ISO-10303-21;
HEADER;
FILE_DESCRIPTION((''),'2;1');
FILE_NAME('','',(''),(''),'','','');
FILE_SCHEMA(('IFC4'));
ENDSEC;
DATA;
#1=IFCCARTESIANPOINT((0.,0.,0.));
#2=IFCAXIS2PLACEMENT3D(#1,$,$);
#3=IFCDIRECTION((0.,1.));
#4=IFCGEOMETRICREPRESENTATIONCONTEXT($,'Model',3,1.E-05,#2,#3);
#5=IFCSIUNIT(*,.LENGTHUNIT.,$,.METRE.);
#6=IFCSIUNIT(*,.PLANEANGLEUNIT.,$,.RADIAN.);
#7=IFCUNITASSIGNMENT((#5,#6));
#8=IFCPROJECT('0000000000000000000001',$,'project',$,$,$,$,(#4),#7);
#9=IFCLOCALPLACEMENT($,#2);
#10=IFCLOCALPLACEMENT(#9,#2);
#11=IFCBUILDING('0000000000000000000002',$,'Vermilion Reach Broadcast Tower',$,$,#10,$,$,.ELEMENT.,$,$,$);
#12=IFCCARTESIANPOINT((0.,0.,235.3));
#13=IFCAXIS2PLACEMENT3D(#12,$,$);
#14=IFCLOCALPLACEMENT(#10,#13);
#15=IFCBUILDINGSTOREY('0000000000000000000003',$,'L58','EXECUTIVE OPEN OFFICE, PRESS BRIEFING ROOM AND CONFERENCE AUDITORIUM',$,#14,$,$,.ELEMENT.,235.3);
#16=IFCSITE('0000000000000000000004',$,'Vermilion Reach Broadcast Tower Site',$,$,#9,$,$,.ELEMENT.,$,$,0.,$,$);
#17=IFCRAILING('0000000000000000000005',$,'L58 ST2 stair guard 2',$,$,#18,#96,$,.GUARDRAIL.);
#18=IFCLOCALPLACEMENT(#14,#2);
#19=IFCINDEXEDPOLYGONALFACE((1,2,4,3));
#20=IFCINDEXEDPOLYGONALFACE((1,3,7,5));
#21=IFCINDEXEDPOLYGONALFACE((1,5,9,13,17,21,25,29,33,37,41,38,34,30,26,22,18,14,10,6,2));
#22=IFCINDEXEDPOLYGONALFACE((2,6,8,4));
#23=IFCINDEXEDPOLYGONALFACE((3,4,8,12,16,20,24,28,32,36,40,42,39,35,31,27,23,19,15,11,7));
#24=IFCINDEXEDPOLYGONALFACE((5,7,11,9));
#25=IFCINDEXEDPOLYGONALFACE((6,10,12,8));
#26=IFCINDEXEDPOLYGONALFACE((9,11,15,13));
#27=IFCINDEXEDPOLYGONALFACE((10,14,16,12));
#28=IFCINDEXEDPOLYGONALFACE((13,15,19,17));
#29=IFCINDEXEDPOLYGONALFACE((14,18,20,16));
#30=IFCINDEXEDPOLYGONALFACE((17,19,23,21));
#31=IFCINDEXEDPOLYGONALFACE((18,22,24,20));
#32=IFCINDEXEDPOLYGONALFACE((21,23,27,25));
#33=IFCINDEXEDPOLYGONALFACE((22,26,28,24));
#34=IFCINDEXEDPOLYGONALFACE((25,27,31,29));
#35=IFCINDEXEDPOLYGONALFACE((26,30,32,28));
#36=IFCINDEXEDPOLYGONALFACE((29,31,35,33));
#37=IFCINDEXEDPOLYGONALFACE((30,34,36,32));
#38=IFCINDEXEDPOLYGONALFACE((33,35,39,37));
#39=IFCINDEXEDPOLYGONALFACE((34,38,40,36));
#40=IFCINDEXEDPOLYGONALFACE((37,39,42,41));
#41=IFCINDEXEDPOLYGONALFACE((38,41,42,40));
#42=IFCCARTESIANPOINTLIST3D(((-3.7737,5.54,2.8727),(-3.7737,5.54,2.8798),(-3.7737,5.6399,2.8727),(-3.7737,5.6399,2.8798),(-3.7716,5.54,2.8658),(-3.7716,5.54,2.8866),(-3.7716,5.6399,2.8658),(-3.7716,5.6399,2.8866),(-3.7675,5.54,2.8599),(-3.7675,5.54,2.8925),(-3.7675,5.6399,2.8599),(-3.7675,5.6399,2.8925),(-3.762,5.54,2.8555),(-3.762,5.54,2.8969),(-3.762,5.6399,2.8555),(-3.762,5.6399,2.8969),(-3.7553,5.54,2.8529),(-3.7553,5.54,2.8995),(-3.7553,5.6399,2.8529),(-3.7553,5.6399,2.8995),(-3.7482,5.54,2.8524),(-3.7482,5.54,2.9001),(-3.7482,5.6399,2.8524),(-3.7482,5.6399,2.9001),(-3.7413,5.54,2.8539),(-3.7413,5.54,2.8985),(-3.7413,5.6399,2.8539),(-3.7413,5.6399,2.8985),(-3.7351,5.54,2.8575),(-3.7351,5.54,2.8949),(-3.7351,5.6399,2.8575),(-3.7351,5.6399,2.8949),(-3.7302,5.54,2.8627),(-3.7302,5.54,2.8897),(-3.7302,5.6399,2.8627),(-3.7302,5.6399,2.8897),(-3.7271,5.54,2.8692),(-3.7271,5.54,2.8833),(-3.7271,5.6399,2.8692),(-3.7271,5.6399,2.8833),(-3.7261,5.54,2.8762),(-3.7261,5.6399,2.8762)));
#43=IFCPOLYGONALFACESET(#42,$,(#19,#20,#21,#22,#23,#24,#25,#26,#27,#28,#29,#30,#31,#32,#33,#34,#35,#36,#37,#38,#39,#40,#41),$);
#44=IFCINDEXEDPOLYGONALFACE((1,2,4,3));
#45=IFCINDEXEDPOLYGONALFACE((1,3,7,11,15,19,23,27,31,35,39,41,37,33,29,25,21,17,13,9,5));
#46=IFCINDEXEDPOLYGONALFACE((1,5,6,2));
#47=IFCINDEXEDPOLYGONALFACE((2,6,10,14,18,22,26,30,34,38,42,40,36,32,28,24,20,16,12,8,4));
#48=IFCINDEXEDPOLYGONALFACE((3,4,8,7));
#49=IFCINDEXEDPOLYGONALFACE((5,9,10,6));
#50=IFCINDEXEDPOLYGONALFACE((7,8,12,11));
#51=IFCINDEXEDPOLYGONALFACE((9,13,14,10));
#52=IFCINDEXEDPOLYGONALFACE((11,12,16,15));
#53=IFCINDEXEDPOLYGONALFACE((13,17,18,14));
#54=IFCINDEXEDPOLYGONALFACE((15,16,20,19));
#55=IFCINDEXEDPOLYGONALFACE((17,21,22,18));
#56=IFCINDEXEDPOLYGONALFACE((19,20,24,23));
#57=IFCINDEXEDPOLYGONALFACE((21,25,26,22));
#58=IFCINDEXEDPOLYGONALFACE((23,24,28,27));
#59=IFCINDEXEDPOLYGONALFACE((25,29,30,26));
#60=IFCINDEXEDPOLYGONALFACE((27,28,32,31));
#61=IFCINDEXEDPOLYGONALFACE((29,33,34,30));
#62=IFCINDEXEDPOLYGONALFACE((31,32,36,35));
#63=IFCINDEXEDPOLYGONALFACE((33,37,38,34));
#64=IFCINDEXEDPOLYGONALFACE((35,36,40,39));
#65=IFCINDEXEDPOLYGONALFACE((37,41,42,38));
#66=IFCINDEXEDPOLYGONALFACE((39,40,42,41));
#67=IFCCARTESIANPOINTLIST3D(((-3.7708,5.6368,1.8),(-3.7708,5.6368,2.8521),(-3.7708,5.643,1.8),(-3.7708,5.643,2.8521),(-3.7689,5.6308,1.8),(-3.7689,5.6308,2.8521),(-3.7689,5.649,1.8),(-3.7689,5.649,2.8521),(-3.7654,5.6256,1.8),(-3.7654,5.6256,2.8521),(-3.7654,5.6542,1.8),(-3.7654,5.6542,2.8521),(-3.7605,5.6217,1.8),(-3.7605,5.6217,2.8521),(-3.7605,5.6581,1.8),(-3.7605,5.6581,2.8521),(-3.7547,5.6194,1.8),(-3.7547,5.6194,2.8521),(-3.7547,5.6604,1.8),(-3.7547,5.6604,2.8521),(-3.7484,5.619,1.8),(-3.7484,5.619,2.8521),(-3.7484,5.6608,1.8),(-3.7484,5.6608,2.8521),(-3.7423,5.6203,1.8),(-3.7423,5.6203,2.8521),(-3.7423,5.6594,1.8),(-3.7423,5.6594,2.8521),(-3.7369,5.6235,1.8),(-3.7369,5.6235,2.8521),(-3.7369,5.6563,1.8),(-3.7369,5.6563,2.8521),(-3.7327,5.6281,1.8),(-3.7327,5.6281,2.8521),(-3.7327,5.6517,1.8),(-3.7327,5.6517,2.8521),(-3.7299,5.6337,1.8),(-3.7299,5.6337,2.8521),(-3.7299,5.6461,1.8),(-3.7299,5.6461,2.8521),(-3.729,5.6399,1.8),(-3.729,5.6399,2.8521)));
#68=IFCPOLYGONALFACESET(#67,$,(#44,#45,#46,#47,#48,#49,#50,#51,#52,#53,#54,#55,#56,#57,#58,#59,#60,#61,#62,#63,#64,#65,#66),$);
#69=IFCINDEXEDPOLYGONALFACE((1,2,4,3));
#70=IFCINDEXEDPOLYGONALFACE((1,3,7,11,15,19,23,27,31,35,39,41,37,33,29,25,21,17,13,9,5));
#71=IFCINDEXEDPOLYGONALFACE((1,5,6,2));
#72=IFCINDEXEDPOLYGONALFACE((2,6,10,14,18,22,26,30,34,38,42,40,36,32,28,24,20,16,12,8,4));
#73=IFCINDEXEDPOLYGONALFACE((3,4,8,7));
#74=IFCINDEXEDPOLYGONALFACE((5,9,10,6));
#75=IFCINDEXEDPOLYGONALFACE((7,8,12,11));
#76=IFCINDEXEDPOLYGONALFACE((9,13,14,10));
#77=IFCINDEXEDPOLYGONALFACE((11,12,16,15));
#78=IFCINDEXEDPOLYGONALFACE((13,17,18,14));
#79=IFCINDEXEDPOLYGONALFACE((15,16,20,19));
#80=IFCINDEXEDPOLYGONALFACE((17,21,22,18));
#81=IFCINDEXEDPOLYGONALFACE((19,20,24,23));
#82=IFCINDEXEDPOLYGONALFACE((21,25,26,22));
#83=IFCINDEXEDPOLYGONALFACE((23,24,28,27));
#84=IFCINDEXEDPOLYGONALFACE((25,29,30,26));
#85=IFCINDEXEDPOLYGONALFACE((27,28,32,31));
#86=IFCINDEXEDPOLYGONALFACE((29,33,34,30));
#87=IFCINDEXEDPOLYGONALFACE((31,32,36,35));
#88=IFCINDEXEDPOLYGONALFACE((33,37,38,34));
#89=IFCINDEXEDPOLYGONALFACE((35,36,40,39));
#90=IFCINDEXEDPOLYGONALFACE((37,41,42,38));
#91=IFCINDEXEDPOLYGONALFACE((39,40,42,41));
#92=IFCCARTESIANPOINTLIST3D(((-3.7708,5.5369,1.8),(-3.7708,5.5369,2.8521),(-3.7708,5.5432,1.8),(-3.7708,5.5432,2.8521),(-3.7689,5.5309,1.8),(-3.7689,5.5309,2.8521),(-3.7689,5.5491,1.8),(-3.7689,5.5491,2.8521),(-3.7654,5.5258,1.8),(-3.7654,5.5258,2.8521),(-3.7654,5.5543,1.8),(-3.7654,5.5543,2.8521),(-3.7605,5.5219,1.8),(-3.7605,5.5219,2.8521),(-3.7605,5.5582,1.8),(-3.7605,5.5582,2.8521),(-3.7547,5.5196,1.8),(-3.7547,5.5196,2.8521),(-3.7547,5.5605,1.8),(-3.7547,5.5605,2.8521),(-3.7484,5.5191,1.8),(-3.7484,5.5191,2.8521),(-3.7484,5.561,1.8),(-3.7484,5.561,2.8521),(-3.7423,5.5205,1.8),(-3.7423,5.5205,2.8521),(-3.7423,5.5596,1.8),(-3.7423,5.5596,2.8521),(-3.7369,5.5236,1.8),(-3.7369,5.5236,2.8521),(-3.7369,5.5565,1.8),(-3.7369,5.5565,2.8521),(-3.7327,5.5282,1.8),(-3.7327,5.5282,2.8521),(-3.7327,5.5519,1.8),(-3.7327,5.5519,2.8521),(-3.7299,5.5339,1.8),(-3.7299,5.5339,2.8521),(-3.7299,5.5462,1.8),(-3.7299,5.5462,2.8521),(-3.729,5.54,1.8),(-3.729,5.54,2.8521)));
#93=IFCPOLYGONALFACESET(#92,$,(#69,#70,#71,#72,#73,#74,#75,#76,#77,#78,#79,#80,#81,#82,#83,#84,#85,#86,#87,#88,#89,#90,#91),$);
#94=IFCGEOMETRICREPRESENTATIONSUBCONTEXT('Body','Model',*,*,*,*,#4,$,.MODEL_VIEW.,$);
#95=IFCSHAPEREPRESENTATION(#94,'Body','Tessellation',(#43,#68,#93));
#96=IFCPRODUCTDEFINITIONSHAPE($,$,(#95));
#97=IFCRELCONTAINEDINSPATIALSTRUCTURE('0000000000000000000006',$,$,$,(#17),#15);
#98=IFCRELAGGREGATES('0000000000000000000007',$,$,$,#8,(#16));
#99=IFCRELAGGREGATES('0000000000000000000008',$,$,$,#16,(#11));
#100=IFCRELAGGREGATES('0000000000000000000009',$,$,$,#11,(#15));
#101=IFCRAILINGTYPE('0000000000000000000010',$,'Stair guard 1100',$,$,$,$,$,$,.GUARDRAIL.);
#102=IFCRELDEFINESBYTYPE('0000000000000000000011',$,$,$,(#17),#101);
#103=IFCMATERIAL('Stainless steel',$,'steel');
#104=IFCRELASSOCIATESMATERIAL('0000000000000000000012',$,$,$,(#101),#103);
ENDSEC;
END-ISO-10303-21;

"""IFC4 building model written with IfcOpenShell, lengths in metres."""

from ifc_helpers import new_model, si_unit, direction, frame, origin, origin_2d, place, context, subcontext, project, spatial, circle, extrude, material, type_object, element, save


model = new_model("IFC4")

# Units and contexts
model_context = context("Model", 3, precision=1e-05, world=origin(), true_north=direction((0.0, 1.0)))
body_context = subcontext(model_context, "Body", "Model", "MODEL_VIEW")
ifc_project = project(units=[si_unit("LENGTHUNIT", "METRE"), si_unit("PLANEANGLEUNIT", "RADIAN")], contexts=[model_context])

# Site, building, storey
site_placement = place(None, origin())
site = spatial("IfcSite", under=ifc_project, at=site_placement, Name="Vermilion Reach Broadcast Tower Site", CompositionType="ELEMENT", RefElevation=0.0)
building_placement = place(site_placement, origin())
building = spatial("IfcBuilding", under=site, at=building_placement, Name="Vermilion Reach Broadcast Tower", CompositionType="ELEMENT")
storey_placement = place(building_placement, frame((0.0, 0.0, 235.3)))
storey = spatial("IfcBuildingStorey", under=building, at=storey_placement, Name="L58", Description="EXECUTIVE OPEN OFFICE, PRESS BRIEFING ROOM AND CONFERENCE AUDITORIUM", CompositionType="ELEMENT", Elevation=235.3)

# Railing
ifc_material_1 = material(Name="Stainless steel", Category="steel")
railing_type_1 = type_object("IfcRailingType", Name="Stair guard 1100", PredefinedType="GUARDRAIL", material=ifc_material_1)
railing_1_placement = place(storey_placement, frame((-3.75, 5.6399, 1.8)))
element("IfcRailing", 1, at=railing_1_placement, inside=storey, type_object=railing_type_1, Name="L58 ST2 stair guard 2", PredefinedType="GUARDRAIL", context=body_context, shape_type="SweptSolid", body=[
    extrude(circle(Radius=0.0239, at=origin_2d()), frame((0.0, 0.0, 1.0762), z_axis=(0.0, -1.0, 0.0), x_axis=(1.0, 0.0, 0.0)), (0.0, 0.0, 1.0), 0.0999),
    extrude(circle(Radius=0.021, at=origin_2d()), origin(), (0.0, 0.0, 1.0), 1.052),
    extrude(circle(Radius=0.021, at=origin_2d()), frame((0.0, -0.0999, 0.0)), (0.0, 0.0, 1.0), 1.052),
])

save(model, "model.ifc")
